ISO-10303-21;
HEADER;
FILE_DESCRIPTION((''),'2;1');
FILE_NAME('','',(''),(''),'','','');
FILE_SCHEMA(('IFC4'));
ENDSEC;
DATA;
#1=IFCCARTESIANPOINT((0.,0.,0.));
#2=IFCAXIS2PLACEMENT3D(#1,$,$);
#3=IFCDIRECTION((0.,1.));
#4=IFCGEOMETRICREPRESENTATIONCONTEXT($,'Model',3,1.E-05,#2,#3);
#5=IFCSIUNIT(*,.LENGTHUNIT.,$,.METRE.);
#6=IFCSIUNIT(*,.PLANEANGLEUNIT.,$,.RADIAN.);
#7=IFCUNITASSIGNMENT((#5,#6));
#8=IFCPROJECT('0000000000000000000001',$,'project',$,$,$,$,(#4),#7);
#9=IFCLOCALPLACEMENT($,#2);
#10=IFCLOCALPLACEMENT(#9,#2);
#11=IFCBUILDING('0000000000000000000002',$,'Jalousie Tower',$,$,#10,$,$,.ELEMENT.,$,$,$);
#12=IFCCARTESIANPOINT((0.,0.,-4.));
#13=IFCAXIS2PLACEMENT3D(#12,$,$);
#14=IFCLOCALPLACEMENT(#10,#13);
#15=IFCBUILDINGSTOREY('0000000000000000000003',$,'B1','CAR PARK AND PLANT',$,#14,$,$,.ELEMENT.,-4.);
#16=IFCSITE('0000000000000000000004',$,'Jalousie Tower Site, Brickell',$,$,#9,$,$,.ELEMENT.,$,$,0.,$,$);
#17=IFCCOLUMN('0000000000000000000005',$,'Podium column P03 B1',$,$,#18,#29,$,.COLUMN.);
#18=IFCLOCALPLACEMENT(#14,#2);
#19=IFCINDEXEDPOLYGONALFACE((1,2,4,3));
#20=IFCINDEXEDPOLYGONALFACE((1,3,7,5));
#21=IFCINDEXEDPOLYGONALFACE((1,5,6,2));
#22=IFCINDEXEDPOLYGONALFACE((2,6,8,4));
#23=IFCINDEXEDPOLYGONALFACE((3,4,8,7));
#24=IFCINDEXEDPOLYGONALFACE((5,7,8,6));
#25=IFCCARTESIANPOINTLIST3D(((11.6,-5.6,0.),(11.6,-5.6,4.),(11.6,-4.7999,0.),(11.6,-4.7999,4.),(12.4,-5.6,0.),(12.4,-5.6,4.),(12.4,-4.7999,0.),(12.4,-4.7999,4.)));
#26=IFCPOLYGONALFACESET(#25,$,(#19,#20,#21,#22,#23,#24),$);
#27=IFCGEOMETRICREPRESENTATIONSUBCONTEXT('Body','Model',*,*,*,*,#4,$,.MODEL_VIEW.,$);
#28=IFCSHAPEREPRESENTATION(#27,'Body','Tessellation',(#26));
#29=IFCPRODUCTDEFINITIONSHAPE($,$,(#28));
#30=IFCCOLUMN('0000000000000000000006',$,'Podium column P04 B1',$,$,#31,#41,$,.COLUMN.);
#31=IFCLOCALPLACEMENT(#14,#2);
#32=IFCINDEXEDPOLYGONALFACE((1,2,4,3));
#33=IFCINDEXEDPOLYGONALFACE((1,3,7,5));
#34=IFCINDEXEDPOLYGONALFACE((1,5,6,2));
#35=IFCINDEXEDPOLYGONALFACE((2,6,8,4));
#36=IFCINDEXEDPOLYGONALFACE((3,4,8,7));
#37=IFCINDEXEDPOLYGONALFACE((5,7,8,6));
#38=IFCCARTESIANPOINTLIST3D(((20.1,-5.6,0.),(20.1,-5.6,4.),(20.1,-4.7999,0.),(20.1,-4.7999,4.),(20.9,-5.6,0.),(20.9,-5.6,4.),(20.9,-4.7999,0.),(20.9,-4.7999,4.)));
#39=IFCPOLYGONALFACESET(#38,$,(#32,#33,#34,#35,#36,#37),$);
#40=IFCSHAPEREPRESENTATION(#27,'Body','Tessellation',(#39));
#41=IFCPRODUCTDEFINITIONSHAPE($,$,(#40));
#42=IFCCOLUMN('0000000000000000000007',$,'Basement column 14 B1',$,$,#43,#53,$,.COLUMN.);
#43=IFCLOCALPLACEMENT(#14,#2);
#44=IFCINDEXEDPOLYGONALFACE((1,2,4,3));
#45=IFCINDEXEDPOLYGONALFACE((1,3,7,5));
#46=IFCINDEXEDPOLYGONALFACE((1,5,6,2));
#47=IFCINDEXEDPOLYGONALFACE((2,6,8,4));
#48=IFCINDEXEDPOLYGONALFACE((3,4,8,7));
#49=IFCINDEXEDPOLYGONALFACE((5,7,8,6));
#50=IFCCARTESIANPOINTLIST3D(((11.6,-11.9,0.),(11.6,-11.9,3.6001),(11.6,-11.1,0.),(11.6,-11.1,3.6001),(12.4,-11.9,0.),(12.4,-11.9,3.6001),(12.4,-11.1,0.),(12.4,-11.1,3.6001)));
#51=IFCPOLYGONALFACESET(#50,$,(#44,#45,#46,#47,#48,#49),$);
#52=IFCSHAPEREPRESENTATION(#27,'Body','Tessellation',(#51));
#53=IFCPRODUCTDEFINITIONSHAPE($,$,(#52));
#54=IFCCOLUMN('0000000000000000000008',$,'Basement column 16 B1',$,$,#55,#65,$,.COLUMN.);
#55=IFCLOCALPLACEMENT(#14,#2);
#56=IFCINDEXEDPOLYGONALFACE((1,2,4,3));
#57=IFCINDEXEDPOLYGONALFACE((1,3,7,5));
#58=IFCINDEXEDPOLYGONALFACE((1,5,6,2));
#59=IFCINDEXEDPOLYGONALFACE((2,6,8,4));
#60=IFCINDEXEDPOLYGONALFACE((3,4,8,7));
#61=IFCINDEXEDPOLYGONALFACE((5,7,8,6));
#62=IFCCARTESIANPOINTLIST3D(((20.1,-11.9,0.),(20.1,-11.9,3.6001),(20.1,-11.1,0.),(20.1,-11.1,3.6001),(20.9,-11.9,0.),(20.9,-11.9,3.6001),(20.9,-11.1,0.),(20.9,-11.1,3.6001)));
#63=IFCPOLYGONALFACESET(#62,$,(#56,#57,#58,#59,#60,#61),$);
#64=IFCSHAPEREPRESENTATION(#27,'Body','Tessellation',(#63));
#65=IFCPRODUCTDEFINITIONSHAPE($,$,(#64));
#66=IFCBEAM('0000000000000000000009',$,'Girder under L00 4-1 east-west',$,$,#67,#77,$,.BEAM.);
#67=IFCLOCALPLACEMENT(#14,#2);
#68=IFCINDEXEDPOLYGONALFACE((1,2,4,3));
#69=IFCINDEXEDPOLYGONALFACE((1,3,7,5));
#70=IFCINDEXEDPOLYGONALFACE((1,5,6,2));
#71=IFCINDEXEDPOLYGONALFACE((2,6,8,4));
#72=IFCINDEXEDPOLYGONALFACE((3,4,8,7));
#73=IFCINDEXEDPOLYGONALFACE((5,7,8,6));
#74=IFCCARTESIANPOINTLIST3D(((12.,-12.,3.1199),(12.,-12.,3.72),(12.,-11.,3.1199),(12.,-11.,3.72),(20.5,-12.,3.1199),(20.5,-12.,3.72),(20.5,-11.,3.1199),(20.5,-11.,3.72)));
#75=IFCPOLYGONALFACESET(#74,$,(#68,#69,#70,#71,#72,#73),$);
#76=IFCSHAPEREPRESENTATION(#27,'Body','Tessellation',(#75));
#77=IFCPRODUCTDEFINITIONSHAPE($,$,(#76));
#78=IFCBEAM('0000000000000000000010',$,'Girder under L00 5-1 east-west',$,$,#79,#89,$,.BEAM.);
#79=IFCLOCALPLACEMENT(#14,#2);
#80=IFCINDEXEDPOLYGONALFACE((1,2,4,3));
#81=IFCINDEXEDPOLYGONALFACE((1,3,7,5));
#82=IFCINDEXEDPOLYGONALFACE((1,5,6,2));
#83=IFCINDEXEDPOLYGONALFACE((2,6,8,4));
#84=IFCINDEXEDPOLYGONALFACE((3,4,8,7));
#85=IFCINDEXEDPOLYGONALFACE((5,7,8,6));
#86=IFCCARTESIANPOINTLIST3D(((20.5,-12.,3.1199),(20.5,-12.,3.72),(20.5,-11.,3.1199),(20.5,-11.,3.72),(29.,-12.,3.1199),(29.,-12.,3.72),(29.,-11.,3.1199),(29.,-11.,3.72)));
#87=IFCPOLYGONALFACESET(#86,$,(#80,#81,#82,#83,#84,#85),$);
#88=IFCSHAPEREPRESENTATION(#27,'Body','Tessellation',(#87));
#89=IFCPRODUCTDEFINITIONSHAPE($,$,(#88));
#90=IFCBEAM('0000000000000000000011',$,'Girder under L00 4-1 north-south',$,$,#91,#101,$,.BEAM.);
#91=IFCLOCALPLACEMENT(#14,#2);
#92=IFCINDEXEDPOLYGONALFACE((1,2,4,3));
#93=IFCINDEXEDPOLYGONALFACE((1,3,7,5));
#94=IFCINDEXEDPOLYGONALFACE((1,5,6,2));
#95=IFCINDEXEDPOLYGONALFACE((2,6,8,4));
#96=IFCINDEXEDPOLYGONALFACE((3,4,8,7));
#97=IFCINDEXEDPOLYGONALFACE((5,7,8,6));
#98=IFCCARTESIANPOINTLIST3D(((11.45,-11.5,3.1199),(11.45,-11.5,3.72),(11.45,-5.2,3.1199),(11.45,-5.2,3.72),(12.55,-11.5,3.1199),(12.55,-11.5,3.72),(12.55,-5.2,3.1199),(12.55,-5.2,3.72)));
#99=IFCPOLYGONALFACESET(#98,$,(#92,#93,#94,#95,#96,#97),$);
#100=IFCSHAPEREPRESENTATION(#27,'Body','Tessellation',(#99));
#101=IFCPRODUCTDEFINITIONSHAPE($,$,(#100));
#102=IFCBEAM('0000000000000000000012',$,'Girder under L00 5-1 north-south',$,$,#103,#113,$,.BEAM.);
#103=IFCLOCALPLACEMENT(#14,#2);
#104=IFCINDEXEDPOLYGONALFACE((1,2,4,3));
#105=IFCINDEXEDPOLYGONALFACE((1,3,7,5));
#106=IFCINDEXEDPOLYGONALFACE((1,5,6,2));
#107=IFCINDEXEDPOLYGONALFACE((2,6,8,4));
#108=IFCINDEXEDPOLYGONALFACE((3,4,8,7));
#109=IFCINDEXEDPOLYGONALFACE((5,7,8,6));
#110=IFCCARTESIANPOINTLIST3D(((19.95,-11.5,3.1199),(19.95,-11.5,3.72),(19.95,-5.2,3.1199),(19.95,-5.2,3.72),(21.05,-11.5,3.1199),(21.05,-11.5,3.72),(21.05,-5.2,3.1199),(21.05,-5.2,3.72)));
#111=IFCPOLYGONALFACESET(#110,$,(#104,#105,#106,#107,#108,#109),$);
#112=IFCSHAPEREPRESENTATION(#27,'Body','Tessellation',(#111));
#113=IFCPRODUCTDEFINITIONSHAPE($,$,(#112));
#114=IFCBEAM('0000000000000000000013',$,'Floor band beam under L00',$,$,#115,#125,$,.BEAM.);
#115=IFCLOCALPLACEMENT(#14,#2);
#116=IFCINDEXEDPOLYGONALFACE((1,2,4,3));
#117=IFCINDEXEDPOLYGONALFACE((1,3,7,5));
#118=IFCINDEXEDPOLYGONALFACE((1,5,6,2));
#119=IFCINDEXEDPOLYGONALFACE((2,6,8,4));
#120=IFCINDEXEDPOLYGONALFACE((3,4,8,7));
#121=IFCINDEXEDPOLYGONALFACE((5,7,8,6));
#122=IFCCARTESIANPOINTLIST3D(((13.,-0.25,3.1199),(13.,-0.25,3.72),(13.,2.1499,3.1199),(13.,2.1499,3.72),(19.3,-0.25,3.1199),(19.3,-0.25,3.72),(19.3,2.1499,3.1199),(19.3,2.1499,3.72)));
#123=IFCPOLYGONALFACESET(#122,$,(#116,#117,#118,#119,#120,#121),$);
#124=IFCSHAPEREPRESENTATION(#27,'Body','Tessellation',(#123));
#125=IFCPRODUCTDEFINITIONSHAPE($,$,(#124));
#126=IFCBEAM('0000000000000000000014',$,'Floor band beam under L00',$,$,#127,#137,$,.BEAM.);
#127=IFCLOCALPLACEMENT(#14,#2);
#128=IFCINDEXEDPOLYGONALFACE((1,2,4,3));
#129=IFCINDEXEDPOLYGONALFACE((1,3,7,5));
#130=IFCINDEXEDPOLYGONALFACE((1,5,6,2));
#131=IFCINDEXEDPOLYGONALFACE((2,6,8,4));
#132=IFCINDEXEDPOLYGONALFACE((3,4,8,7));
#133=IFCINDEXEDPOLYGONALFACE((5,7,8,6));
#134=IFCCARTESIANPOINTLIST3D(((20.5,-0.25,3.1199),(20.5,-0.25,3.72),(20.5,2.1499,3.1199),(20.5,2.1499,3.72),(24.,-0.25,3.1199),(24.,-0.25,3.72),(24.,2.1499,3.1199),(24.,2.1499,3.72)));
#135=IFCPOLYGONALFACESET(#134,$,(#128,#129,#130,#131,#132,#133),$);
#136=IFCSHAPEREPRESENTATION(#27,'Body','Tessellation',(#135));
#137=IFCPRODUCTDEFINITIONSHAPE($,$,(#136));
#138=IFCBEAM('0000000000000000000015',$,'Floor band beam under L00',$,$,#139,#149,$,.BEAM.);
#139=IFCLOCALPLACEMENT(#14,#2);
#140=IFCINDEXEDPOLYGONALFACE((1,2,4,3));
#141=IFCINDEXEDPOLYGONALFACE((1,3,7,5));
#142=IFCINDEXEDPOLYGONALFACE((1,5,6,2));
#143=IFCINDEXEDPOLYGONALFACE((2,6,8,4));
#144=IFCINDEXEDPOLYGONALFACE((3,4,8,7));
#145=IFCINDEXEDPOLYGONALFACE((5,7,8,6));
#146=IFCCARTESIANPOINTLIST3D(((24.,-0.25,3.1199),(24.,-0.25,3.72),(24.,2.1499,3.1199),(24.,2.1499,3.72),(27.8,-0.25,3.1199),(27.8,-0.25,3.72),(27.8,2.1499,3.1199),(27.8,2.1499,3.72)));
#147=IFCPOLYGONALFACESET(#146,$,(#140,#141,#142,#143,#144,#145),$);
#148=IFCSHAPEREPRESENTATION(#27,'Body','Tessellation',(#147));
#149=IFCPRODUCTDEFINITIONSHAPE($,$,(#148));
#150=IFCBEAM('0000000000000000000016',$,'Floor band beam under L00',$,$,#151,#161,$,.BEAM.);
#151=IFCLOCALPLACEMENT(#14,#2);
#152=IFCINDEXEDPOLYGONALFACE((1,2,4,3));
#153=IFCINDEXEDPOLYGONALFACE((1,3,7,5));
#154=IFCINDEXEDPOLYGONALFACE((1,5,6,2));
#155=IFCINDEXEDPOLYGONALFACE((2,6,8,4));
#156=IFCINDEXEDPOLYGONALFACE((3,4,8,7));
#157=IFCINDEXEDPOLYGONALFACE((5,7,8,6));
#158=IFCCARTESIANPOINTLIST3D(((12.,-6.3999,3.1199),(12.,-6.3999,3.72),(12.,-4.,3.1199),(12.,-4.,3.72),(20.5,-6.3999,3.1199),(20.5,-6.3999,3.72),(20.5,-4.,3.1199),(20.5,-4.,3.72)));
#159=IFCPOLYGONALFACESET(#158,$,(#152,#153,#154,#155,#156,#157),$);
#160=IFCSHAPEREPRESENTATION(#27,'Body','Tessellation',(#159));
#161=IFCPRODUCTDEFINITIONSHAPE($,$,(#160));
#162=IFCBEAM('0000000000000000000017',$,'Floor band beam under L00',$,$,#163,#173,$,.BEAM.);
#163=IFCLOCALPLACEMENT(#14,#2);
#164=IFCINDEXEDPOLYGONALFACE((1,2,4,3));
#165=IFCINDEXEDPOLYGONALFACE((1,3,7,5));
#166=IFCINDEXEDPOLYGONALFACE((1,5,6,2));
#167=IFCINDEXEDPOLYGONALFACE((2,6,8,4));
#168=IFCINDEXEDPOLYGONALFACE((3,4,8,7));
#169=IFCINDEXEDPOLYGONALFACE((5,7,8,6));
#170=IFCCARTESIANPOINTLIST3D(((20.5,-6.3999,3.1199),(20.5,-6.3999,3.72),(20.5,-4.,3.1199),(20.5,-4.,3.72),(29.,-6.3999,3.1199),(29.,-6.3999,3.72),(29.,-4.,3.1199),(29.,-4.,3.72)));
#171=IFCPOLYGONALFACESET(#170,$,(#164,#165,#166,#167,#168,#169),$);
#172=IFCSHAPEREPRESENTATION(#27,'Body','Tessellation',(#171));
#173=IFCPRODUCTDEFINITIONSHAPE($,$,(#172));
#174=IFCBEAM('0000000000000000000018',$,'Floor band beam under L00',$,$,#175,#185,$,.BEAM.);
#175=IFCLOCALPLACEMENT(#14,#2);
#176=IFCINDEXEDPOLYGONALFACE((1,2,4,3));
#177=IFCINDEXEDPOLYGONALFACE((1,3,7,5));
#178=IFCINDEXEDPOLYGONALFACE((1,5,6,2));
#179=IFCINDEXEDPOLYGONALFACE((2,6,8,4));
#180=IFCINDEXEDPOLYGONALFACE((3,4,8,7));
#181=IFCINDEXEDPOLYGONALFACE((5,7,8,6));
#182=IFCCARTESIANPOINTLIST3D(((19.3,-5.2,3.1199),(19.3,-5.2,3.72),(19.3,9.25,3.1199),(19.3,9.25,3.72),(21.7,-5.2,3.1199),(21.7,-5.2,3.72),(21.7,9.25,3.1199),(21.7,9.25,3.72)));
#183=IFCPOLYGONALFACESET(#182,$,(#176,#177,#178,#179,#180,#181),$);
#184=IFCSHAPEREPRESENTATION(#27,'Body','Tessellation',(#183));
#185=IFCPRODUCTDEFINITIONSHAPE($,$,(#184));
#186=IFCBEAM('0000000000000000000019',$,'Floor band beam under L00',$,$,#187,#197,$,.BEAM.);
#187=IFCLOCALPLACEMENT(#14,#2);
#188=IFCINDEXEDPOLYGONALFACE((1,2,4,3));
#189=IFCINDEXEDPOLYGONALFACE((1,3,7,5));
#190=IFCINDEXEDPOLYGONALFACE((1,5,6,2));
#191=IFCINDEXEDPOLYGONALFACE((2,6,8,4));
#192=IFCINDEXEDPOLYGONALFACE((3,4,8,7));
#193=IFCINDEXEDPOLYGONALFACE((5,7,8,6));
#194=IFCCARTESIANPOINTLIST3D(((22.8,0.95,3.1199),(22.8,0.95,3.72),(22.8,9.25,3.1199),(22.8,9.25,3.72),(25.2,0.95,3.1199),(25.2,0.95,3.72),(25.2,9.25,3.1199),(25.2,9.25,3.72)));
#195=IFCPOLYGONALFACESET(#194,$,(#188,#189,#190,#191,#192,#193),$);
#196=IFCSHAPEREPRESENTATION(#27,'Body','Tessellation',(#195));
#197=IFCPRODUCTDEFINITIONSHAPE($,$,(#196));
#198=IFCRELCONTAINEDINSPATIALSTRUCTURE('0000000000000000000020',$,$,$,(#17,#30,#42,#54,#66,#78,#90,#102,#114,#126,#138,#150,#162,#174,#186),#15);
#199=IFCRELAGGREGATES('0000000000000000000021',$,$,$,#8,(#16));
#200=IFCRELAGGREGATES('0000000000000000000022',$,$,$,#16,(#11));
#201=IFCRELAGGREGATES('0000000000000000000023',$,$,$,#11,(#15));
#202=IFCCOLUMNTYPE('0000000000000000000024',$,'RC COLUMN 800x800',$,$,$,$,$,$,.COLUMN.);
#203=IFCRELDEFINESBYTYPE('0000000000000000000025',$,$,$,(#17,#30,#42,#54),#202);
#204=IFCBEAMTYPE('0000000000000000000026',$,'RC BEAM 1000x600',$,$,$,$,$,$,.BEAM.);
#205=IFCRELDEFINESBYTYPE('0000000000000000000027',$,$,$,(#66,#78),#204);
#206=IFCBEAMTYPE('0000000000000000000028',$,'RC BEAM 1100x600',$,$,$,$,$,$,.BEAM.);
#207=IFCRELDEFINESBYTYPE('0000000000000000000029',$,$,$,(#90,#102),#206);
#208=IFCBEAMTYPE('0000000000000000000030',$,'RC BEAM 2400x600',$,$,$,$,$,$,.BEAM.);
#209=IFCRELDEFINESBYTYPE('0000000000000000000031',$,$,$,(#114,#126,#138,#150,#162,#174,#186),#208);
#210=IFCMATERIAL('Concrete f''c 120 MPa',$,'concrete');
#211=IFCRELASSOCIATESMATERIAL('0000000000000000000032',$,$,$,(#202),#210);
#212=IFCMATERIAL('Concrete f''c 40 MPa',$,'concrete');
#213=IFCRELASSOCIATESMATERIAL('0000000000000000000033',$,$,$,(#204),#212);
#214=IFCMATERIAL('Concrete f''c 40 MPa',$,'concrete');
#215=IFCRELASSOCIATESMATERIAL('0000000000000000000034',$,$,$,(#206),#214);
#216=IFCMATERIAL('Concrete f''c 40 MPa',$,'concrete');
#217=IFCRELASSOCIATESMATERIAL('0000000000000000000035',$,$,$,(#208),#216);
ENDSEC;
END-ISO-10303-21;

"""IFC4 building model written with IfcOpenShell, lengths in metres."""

from ifc_helpers import new_model, si_unit, direction, frame, origin, origin_2d, place, context, subcontext, project, spatial, rectangle, extrude, material, material_profile, profile_set, type_object, element, save


model = new_model("IFC4")

# Units and contexts
model_context = context("Model", 3, precision=1e-05, world=origin(), true_north=direction((0.0, 1.0)))
body_context = subcontext(model_context, "Body", "Model", "MODEL_VIEW")
ifc_project = project(units=[si_unit("LENGTHUNIT", "METRE"), si_unit("PLANEANGLEUNIT", "RADIAN")], contexts=[model_context])

# Site, building, storey
site_placement = place(None, origin())
site = spatial("IfcSite", under=ifc_project, at=site_placement, Name="Jalousie Tower Site, Brickell", CompositionType="ELEMENT", RefElevation=0.0)
building_placement = place(site_placement, origin())
building = spatial("IfcBuilding", under=site, at=building_placement, Name="Jalousie Tower", CompositionType="ELEMENT")
storey_placement = place(building_placement, frame((0.0, 0.0, -4.0)))
storey = spatial("IfcBuildingStorey", under=building, at=storey_placement, Name="B1", Description="CAR PARK AND PLANT", CompositionType="ELEMENT", Elevation=-4.0)

# Columns
ifc_material_1 = material(Name="Concrete f'c 120 MPa", Category="concrete")
ifc_material_profile_1 = material_profile(ifc_material_1, rectangle(XDim=0.8, YDim=0.8, at=origin_2d()), Name="RC 800x800")
ifc_profile_set_1 = profile_set([ifc_material_profile_1], Name="Concrete f'c 120 MPa")
column_type = type_object("IfcColumnType", Name="RC COLUMN 800x800", PredefinedType="COLUMN", material=ifc_profile_set_1)
for number, where, z_axis, x_axis, name in (
    (1, (12.0, -5.2, 0.0), (0.0, 0.0, 1.0), (1.0, 0.0, 0.0), "Podium column P03 B1"),
    (2, (20.5, -5.2, 0.0), (0.0, 0.0, 1.0), (1.0, 0.0, 0.0), "Podium column P04 B1"),
):
    element("IfcColumn", number, at=place(storey_placement, frame(where, z_axis=z_axis, x_axis=x_axis)), inside=storey, type_object=column_type, Name=name, PredefinedType="COLUMN", context=body_context, shape_type="SweptSolid", body=[
        extrude(rectangle(XDim=0.8, YDim=0.8, at=origin_2d()), origin(), (0.0, 0.0, 1.0), 4.0),
    ])
for number, where, z_axis, x_axis, name in (
    (3, (12.0, -11.5, 0.0), (0.0, 0.0, 1.0), (1.0, 0.0, 0.0), "Basement column 14 B1"),
    (4, (20.5, -11.5, 0.0), (0.0, 0.0, 1.0), (1.0, 0.0, 0.0), "Basement column 16 B1"),
):
    element("IfcColumn", number, at=place(storey_placement, frame(where, z_axis=z_axis, x_axis=x_axis)), inside=storey, type_object=column_type, Name=name, PredefinedType="COLUMN", context=body_context, shape_type="SweptSolid", body=[
        extrude(rectangle(XDim=0.8, YDim=0.8, at=origin_2d()), origin(), (0.0, 0.0, 1.0), 3.6001),
    ])

# Beams
ifc_material_2 = material(Name="Concrete f'c 40 MPa", Category="concrete")
ifc_material_profile_2 = material_profile(ifc_material_2, rectangle(XDim=1.0, YDim=0.6001, at=origin_2d()), Name="RC 1000x600")
ifc_profile_set_2 = profile_set([ifc_material_profile_2], Name="Concrete f'c 40 MPa")
beam_type_1 = type_object("IfcBeamType", Name="RC BEAM 1000x600", PredefinedType="BEAM", material=ifc_profile_set_2)
for number, where, z_axis, x_axis, name in (
    (5, (12.0, -11.5, 3.4199), (1.0, 0.0, 0.0), (0.0, 1.0, 0.0), "Girder under L00 4-1 east-west"),
    (6, (20.5, -11.5, 3.4199), (1.0, 0.0, 0.0), (0.0, 1.0, 0.0), "Girder under L00 5-1 east-west"),
):
    element("IfcBeam", number, at=place(storey_placement, frame(where, z_axis=z_axis, x_axis=x_axis)), inside=storey, type_object=beam_type_1, Name=name, PredefinedType="BEAM", context=body_context, shape_type="SweptSolid", body=[
        extrude(rectangle(XDim=1.0, YDim=0.6001, at=origin_2d()), origin(), (0.0, 0.0, 1.0), 8.5),
    ])
ifc_material_3 = material(Name="Concrete f'c 40 MPa", Category="concrete")
ifc_material_profile_3 = material_profile(ifc_material_3, rectangle(XDim=1.1001, YDim=0.6001, at=origin_2d()), Name="RC 1100x600")
ifc_profile_set_3 = profile_set([ifc_material_profile_3], Name="Concrete f'c 40 MPa")
beam_type_2 = type_object("IfcBeamType", Name="RC BEAM 1100x600", PredefinedType="BEAM", material=ifc_profile_set_3)
for number, where, z_axis, x_axis, name in (
    (7, (12.0, -11.5, 3.4199), (0.0, 1.0, 0.0), (-1.0, 0.0, 0.0), "Girder under L00 4-1 north-south"),
    (8, (20.5, -11.5, 3.4199), (0.0, 1.0, 0.0), (-1.0, 0.0, 0.0), "Girder under L00 5-1 north-south"),
):
    element("IfcBeam", number, at=place(storey_placement, frame(where, z_axis=z_axis, x_axis=x_axis)), inside=storey, type_object=beam_type_2, Name=name, PredefinedType="BEAM", context=body_context, shape_type="SweptSolid", body=[
        extrude(rectangle(XDim=1.1001, YDim=0.6001, at=origin_2d()), origin(), (0.0, 0.0, 1.0), 6.3),
    ])
ifc_material_4 = material(Name="Concrete f'c 40 MPa", Category="concrete")
ifc_material_profile_4 = material_profile(ifc_material_4, rectangle(XDim=2.3999, YDim=0.6001, at=origin_2d()), Name="RC 2400x600")
ifc_profile_set_4 = profile_set([ifc_material_profile_4], Name="Concrete f'c 40 MPa")
beam_type_3 = type_object("IfcBeamType", Name="RC BEAM 2400x600", PredefinedType="BEAM", material=ifc_profile_set_4)
beam_1_placement = place(storey_placement, frame((13.0, 0.95, 3.4199), z_axis=(1.0, 0.0, 0.0), x_axis=(0.0, 1.0, 0.0)))
element("IfcBeam", 9, at=beam_1_placement, inside=storey, type_object=beam_type_3, Name="Floor band beam under L00", PredefinedType="BEAM", context=body_context, shape_type="SweptSolid", body=[
    extrude(rectangle(XDim=2.3999, YDim=0.6001, at=origin_2d()), origin(), (0.0, 0.0, 1.0), 6.3),
])
beam_2_placement = place(storey_placement, frame((20.5, 0.95, 3.4199), z_axis=(1.0, 0.0, 0.0), x_axis=(0.0, 1.0, 0.0)))
element("IfcBeam", 10, at=beam_2_placement, inside=storey, type_object=beam_type_3, Name="Floor band beam under L00", PredefinedType="BEAM", context=body_context, shape_type="SweptSolid", body=[
    extrude(rectangle(XDim=2.3999, YDim=0.6001, at=origin_2d()), origin(), (0.0, 0.0, 1.0), 3.5),
])
beam_3_placement = place(storey_placement, frame((24.0, 0.95, 3.4199), z_axis=(1.0, 0.0, 0.0), x_axis=(0.0, 1.0, 0.0)))
element("IfcBeam", 11, at=beam_3_placement, inside=storey, type_object=beam_type_3, Name="Floor band beam under L00", PredefinedType="BEAM", context=body_context, shape_type="SweptSolid", body=[
    extrude(rectangle(XDim=2.3999, YDim=0.6001, at=origin_2d()), origin(), (0.0, 0.0, 1.0), 3.8),
])
for number, where, z_axis, x_axis, name in (
    (12, (12.0, -5.2, 3.4199), (1.0, 0.0, 0.0), (0.0, 1.0, 0.0), "Floor band beam under L00"),
    (13, (20.5, -5.2, 3.4199), (1.0, 0.0, 0.0), (0.0, 1.0, 0.0), "Floor band beam under L00"),
):
    element("IfcBeam", number, at=place(storey_placement, frame(where, z_axis=z_axis, x_axis=x_axis)), inside=storey, type_object=beam_type_3, Name=name, PredefinedType="BEAM", context=body_context, shape_type="SweptSolid", body=[
        extrude(rectangle(XDim=2.3999, YDim=0.6001, at=origin_2d()), origin(), (0.0, 0.0, 1.0), 8.5),
    ])
beam_4_placement = place(storey_placement, frame((20.5, -5.2, 3.4199), z_axis=(0.0, 1.0, 0.0), x_axis=(-1.0, 0.0, 0.0)))
element("IfcBeam", 14, at=beam_4_placement, inside=storey, type_object=beam_type_3, Name="Floor band beam under L00", PredefinedType="BEAM", context=body_context, shape_type="SweptSolid", body=[
    extrude(rectangle(XDim=2.3999, YDim=0.6001, at=origin_2d()), origin(), (0.0, 0.0, 1.0), 14.45),
])
beam_5_placement = place(storey_placement, frame((24.0, 0.95, 3.4199), z_axis=(0.0, 1.0, 0.0), x_axis=(-1.0, 0.0, 0.0)))
element("IfcBeam", 15, at=beam_5_placement, inside=storey, type_object=beam_type_3, Name="Floor band beam under L00", PredefinedType="BEAM", context=body_context, shape_type="SweptSolid", body=[
    extrude(rectangle(XDim=2.3999, YDim=0.6001, at=origin_2d()), origin(), (0.0, 0.0, 1.0), 8.3),
])

save(model, "model.ifc")
